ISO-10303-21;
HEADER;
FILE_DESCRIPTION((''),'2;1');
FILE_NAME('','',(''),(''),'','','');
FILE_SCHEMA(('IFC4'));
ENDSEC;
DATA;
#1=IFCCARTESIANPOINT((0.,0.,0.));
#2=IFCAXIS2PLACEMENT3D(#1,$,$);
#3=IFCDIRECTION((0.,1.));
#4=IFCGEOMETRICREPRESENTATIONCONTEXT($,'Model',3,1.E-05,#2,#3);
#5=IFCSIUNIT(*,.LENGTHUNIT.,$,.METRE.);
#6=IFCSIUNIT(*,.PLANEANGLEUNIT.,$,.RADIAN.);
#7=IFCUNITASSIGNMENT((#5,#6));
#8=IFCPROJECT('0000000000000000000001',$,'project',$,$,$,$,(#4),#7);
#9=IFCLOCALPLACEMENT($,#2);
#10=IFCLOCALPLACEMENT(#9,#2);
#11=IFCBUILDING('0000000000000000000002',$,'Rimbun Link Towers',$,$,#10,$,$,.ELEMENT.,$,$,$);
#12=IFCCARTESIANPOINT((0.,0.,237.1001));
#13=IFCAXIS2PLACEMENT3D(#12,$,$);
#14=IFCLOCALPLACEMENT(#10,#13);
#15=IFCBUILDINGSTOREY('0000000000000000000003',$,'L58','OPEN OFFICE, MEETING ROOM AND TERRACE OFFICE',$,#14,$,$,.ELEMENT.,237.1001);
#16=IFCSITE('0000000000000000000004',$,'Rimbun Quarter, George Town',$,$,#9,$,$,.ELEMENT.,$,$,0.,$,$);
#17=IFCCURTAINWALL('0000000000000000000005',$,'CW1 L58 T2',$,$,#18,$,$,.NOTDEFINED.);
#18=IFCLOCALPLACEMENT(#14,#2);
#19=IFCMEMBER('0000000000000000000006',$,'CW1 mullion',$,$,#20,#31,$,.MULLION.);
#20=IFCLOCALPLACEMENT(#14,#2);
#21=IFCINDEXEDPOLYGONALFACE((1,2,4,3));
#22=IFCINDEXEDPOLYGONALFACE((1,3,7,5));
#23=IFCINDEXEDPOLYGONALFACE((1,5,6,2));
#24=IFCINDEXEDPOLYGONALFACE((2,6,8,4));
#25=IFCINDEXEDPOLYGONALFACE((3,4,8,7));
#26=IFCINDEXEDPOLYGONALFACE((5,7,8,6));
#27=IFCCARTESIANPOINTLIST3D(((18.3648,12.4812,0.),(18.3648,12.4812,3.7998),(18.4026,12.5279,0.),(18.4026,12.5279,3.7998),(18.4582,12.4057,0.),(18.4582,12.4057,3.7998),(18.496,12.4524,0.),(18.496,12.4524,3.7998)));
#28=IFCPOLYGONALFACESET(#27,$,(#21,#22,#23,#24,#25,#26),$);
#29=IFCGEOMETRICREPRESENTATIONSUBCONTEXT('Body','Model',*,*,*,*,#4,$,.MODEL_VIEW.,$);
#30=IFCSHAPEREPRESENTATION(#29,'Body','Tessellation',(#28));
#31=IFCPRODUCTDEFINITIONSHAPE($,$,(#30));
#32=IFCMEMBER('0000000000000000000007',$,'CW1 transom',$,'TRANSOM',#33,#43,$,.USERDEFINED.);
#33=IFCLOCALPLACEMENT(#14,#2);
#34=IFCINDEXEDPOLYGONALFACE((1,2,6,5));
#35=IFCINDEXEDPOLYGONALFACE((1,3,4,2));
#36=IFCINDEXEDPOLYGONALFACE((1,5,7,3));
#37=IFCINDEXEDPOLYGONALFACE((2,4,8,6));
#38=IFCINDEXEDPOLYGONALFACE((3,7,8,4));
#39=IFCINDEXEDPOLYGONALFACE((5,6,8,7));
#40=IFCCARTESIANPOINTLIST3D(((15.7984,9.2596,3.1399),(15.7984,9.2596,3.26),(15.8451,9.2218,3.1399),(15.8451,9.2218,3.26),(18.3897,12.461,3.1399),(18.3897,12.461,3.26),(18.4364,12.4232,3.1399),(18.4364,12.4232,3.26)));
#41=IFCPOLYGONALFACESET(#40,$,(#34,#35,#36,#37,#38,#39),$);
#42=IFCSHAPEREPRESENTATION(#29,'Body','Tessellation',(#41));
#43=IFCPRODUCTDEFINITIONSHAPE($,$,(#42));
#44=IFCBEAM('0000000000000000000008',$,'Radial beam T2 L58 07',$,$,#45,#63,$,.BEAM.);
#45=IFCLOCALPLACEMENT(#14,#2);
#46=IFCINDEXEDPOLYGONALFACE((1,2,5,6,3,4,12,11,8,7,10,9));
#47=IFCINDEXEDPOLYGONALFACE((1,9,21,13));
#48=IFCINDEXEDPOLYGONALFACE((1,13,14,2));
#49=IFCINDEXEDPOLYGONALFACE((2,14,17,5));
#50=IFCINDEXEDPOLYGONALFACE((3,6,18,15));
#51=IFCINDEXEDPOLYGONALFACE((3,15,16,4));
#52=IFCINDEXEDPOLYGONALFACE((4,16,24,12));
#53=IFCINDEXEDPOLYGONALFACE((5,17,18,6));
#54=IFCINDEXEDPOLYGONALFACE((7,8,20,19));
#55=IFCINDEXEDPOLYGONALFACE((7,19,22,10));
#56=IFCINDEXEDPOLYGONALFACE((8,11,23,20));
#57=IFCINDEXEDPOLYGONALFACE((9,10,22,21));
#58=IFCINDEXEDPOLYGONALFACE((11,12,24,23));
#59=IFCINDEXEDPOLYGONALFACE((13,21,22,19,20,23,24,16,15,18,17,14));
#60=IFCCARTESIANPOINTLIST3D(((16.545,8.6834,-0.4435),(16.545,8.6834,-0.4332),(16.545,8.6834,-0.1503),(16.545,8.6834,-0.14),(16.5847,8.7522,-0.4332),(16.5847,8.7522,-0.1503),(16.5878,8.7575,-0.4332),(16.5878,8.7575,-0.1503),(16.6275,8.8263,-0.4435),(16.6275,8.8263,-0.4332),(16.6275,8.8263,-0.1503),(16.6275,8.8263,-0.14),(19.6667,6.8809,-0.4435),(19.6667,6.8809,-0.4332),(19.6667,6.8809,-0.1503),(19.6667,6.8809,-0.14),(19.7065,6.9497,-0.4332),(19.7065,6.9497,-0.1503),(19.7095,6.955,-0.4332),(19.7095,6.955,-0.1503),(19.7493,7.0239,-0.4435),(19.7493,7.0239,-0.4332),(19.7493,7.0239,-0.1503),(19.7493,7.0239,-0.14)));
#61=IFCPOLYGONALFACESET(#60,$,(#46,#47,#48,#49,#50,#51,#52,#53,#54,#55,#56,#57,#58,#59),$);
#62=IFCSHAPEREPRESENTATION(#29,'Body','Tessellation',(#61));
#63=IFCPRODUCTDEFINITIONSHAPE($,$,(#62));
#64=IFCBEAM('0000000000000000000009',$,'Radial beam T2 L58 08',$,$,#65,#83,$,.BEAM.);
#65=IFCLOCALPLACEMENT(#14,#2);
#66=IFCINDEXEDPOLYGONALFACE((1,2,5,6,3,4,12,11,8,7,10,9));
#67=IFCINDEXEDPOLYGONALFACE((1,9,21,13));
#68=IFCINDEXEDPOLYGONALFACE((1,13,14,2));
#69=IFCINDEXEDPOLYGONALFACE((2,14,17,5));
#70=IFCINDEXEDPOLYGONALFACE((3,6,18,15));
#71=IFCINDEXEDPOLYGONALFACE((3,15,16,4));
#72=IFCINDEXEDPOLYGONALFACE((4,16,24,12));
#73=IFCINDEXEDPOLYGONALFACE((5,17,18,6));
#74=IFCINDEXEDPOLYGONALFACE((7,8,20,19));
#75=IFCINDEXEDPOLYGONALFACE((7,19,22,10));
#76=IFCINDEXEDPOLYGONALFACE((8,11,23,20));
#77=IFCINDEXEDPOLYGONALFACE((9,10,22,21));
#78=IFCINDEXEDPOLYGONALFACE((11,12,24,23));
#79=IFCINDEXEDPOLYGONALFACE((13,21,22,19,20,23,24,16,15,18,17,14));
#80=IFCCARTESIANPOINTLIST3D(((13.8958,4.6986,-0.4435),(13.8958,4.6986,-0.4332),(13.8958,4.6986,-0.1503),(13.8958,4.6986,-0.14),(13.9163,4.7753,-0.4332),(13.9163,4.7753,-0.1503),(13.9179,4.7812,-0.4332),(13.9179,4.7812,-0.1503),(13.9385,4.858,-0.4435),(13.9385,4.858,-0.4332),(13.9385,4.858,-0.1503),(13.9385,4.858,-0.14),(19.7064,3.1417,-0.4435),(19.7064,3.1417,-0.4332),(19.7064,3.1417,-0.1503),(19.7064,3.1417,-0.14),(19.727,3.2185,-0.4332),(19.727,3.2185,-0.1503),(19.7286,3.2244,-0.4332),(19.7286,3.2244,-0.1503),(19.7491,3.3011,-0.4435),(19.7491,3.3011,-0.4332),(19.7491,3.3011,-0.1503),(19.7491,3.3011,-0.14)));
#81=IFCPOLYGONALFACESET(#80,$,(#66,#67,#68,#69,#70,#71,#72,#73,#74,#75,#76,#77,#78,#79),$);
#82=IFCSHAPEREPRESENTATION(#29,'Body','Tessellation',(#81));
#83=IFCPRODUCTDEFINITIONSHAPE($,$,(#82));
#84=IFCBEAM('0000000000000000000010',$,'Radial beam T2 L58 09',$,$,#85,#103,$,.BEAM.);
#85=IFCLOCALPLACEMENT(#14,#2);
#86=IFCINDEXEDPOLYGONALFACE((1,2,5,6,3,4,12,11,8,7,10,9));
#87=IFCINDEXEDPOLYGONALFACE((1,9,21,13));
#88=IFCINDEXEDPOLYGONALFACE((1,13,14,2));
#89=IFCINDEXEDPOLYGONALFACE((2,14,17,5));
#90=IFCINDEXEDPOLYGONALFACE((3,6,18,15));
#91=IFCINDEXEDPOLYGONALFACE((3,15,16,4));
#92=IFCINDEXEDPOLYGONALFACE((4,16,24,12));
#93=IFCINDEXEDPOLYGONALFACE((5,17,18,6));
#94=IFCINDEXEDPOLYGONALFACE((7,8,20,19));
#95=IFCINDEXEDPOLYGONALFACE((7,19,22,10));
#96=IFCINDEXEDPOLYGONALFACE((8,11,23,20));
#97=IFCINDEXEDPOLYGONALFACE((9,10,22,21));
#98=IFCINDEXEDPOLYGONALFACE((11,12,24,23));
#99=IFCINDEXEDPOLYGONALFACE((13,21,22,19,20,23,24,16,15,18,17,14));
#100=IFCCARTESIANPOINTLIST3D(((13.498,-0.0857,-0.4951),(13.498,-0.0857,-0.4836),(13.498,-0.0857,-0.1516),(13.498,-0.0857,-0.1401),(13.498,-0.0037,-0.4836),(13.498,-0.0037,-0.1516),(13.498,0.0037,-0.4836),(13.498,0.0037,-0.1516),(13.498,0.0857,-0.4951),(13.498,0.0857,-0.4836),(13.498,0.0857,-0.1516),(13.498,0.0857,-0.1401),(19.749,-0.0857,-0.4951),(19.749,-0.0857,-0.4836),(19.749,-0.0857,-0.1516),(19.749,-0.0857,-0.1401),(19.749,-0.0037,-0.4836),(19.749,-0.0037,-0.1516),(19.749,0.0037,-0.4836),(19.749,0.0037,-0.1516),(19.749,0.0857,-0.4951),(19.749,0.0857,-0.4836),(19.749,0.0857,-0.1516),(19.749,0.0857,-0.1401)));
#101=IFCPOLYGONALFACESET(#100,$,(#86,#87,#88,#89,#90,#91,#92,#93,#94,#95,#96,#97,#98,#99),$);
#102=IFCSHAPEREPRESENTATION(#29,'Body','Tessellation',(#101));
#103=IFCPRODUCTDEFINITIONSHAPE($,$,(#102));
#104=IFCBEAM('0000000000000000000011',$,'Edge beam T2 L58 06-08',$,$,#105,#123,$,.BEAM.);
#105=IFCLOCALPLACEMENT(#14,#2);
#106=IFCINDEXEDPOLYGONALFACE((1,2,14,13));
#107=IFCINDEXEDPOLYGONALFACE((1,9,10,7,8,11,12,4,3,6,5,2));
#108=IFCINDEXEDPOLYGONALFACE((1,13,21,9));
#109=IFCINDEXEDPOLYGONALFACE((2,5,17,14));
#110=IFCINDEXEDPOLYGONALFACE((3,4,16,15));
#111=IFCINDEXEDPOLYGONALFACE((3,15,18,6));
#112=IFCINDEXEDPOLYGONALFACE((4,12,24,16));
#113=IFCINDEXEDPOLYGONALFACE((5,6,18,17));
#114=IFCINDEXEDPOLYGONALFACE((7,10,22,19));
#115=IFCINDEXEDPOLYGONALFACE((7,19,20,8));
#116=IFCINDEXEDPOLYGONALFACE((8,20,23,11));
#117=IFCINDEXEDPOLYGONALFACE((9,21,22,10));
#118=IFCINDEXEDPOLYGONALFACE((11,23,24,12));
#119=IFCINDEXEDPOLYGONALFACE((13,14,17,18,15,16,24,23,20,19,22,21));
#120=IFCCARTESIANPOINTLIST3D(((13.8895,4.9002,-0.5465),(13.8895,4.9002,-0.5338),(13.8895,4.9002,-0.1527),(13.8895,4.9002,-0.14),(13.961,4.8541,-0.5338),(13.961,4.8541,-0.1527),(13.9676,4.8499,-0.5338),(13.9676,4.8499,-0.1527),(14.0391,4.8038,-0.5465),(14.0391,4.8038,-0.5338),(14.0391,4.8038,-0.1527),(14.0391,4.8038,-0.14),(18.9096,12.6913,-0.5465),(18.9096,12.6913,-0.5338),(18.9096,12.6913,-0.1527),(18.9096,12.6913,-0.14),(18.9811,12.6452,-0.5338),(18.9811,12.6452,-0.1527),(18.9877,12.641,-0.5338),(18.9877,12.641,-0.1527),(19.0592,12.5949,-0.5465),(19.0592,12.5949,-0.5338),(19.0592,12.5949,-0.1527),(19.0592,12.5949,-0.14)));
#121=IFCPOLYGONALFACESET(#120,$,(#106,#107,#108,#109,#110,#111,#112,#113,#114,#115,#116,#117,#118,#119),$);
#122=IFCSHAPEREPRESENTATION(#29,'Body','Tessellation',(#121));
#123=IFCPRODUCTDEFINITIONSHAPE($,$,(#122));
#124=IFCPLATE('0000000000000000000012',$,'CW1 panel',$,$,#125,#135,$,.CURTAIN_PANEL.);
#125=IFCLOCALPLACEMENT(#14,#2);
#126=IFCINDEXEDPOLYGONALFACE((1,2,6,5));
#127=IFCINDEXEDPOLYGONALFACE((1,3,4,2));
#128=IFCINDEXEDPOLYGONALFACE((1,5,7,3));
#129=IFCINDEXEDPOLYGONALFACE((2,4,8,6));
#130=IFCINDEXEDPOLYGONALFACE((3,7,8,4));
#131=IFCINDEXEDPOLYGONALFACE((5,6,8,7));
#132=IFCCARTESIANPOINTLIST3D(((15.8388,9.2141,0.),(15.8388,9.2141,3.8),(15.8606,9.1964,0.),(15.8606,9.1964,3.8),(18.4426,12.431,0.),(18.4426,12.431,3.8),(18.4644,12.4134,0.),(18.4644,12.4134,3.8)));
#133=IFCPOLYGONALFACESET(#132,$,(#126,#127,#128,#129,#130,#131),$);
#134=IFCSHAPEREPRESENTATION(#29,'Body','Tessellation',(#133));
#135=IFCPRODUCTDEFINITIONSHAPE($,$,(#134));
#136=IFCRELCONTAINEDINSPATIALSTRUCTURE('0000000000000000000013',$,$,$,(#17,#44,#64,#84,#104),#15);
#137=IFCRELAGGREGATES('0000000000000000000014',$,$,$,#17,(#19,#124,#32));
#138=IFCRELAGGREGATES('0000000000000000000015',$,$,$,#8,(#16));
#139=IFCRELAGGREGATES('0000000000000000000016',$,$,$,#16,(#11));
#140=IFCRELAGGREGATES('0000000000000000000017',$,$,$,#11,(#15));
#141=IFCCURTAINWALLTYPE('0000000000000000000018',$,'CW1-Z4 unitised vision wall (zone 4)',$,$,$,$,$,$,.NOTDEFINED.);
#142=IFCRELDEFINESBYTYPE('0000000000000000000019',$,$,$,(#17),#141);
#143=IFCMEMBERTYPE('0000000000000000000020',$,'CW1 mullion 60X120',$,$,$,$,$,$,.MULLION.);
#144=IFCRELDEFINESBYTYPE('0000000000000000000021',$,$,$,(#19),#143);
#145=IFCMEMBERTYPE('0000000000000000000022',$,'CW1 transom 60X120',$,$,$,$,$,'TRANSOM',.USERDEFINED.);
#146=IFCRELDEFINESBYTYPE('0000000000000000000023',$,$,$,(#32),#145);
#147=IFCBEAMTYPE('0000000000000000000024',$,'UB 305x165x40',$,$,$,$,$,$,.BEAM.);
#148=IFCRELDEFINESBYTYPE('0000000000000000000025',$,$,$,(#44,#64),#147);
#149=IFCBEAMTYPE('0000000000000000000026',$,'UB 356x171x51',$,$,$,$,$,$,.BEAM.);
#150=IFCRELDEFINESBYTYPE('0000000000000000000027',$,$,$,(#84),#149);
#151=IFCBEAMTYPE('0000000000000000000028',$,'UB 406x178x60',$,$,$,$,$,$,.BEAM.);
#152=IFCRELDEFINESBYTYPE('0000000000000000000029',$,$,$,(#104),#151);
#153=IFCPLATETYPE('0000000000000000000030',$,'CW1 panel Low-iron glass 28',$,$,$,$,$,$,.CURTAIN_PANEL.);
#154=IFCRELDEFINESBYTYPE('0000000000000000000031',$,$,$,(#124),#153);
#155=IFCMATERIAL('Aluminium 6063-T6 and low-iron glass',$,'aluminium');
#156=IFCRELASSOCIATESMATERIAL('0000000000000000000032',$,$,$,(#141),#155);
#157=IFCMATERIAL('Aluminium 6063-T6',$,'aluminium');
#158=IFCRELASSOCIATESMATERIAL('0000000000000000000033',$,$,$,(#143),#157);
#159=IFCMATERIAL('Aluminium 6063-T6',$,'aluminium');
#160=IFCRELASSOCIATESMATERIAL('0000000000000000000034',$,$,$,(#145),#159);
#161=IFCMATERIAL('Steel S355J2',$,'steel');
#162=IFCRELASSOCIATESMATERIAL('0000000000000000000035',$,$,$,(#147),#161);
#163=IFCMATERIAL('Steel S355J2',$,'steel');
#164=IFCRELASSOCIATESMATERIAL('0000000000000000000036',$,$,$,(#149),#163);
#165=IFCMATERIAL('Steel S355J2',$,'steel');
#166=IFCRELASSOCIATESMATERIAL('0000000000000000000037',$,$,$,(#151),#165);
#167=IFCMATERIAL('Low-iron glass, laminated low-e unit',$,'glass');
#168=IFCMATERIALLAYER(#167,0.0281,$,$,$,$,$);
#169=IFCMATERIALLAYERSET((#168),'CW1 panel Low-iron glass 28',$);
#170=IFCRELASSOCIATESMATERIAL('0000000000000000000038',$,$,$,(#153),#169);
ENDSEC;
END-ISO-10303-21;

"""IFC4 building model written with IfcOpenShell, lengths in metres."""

from ifc_helpers import new_model, si_unit, direction, frame, origin, origin_2d, place, context, subcontext, project, spatial, rectangle, i_section, extrude, material, layer, layer_set, material_profile, profile_set, type_object, element, aggregate, save


model = new_model("IFC4")

# Units and contexts
model_context = context("Model", 3, precision=1e-05, world=origin(), true_north=direction((0.0, 1.0)))
body_context = subcontext(model_context, "Body", "Model", "MODEL_VIEW")
ifc_project = project(units=[si_unit("LENGTHUNIT", "METRE"), si_unit("PLANEANGLEUNIT", "RADIAN")], contexts=[model_context])

# Site, building, storey
site_placement = place(None, origin())
site = spatial("IfcSite", under=ifc_project, at=site_placement, Name="Rimbun Quarter, George Town", CompositionType="ELEMENT", RefElevation=0.0)
building_placement = place(site_placement, origin())
building = spatial("IfcBuilding", under=site, at=building_placement, Name="Rimbun Link Towers", CompositionType="ELEMENT")
storey_placement = place(building_placement, frame((0.0, 0.0, 237.1001)))
storey = spatial("IfcBuildingStorey", under=building, at=storey_placement, Name="L58", Description="OPEN OFFICE, MEETING ROOM AND TERRACE OFFICE", CompositionType="ELEMENT", Elevation=237.1001)

# Curtain wall, members
ifc_material_1 = material(Name="Aluminium 6063-T6 and low-iron glass", Category="aluminium")
curtain_wall_type = type_object("IfcCurtainWallType", Name="CW1-Z4 unitised vision wall (zone 4)", PredefinedType="NOTDEFINED", material=ifc_material_1)
curtain_wall_placement = place(storey_placement, origin())
curtain_wall = element("IfcCurtainWall", 1, at=curtain_wall_placement, inside=storey, type_object=curtain_wall_type, Name="CW1 L58 T2", PredefinedType="NOTDEFINED")
ifc_material_2 = material(Name="Aluminium 6063-T6", Category="aluminium")
ifc_material_profile_1 = material_profile(ifc_material_2, rectangle(XDim=0.1201, YDim=0.0601, at=origin_2d()), Name="MULLION 60X120")
ifc_profile_set_1 = profile_set([ifc_material_profile_1], Name="Aluminium 6063-T6")
member_type_1 = type_object("IfcMemberType", Name="CW1 mullion 60X120", PredefinedType="MULLION", material=ifc_profile_set_1)
member_1_placement = place(storey_placement, frame((18.4304, 12.4668, 0.0), z_axis=(0.0, 0.0, 1.0), x_axis=(-0.777285, 0.629148, 0.0)))
member_1 = element("IfcMember", 2, at=member_1_placement, type_object=member_type_1, Name="CW1 mullion", PredefinedType="MULLION", context=body_context, shape_type="SweptSolid", body=[
    extrude(rectangle(XDim=0.1201, YDim=0.0601, at=origin_2d()), origin(), (0.0, 0.0, 1.0), 3.7998),
])
ifc_material_3 = material(Name="Aluminium 6063-T6", Category="aluminium")
ifc_material_profile_2 = material_profile(ifc_material_3, rectangle(XDim=0.0601, YDim=0.1201, at=origin_2d()), Name="TRANSOM 60X120")
ifc_profile_set_2 = profile_set([ifc_material_profile_2], Name="Aluminium 6063-T6")
member_type_2 = type_object("IfcMemberType", Name="CW1 transom 60X120", ElementType="TRANSOM", PredefinedType="USERDEFINED", material=ifc_profile_set_2)
member_2_placement = place(storey_placement, frame((15.8218, 9.2407, 3.2), z_axis=(0.629152, 0.777282, 0.0), x_axis=(-0.777282, 0.629152, 0.0)))
member_2 = element("IfcMember", 3, at=member_2_placement, type_object=member_type_2, Name="CW1 transom", ObjectType="TRANSOM", PredefinedType="USERDEFINED", context=body_context, shape_type="SweptSolid", body=[
    extrude(rectangle(XDim=0.0601, YDim=0.1201, at=origin_2d()), origin(), (0.0, 0.0, 1.0), 4.1187),
])

# Beams
ifc_material_4 = material(Name="Steel S355J2", Category="steel")
ifc_material_profile_3 = material_profile(ifc_material_4, i_section(OverallWidth=0.165, OverallDepth=0.3035, WebThickness=0.0061, FlangeThickness=0.0103, at=origin_2d()), Name="UB 305x165x40")
ifc_profile_set_3 = profile_set([ifc_material_profile_3], Name="Steel S355J2")
beam_type_1 = type_object("IfcBeamType", Name="UB 305x165x40", PredefinedType="BEAM", material=ifc_profile_set_3)
beam_1_placement = place(storey_placement, frame((19.708, 6.9524, -0.2917), z_axis=(-0.866013, 0.500021, 0.0), x_axis=(-0.500021, -0.866013, 0.0)))
element("IfcBeam", 4, at=beam_1_placement, inside=storey, type_object=beam_type_1, Name="Radial beam T2 L58 07", PredefinedType="BEAM", context=body_context, shape_type="SweptSolid", body=[
    extrude(i_section(OverallWidth=0.165, OverallDepth=0.3035, WebThickness=0.0061, FlangeThickness=0.0103, at=origin_2d()), origin(), (0.0, 0.0, 1.0), 3.6047),
])
beam_2_placement = place(storey_placement, frame((19.7278, 3.2214, -0.2917), z_axis=(-0.96593, 0.258802, 0.0), x_axis=(-0.258802, -0.96593, 0.0)))
element("IfcBeam", 5, at=beam_2_placement, inside=storey, type_object=beam_type_1, Name="Radial beam T2 L58 08", PredefinedType="BEAM", context=body_context, shape_type="SweptSolid", body=[
    extrude(i_section(OverallWidth=0.165, OverallDepth=0.3035, WebThickness=0.0061, FlangeThickness=0.0103, at=origin_2d()), origin(), (0.0, 0.0, 1.0), 6.0156),
])
ifc_material_5 = material(Name="Steel S355J2", Category="steel")
ifc_material_profile_4 = material_profile(ifc_material_5, i_section(OverallWidth=0.1714, OverallDepth=0.355, WebThickness=0.0073, FlangeThickness=0.0115, at=origin_2d()), Name="UB 356x171x51")
ifc_profile_set_4 = profile_set([ifc_material_profile_4], Name="Steel S355J2")
beam_type_2 = type_object("IfcBeamType", Name="UB 356x171x51", PredefinedType="BEAM", material=ifc_profile_set_4)
beam_3_placement = place(storey_placement, frame((19.749, 0.0, -0.3176), z_axis=(-1.0, 0.0, 0.0), x_axis=(0.0, -1.0, 0.0)))
element("IfcBeam", 6, at=beam_3_placement, inside=storey, type_object=beam_type_2, Name="Radial beam T2 L58 09", PredefinedType="BEAM", context=body_context, shape_type="SweptSolid", body=[
    extrude(i_section(OverallWidth=0.1714, OverallDepth=0.355, WebThickness=0.0073, FlangeThickness=0.0115, at=origin_2d()), origin(), (0.0, 0.0, 1.0), 6.251),
])
ifc_material_6 = material(Name="Steel S355J2", Category="steel")
ifc_material_profile_5 = material_profile(ifc_material_6, i_section(OverallWidth=0.178, OverallDepth=0.4065, WebThickness=0.0078, FlangeThickness=0.0127, at=origin_2d()), Name="UB 406x178x60")
ifc_profile_set_5 = profile_set([ifc_material_profile_5], Name="Steel S355J2")
beam_type_3 = type_object("IfcBeamType", Name="UB 406x178x60", PredefinedType="BEAM", material=ifc_profile_set_5)
beam_4_placement = place(storey_placement, frame((18.9844, 12.6431, -0.3433), z_axis=(-0.541636, -0.840613, 0.0), x_axis=(0.840613, -0.541636, 0.0)))
element("IfcBeam", 7, at=beam_4_placement, inside=storey, type_object=beam_type_3, Name="Edge beam T2 L58 06-08", PredefinedType="BEAM", context=body_context, shape_type="SweptSolid", body=[
    extrude(i_section(OverallWidth=0.178, OverallDepth=0.4065, WebThickness=0.0078, FlangeThickness=0.0127, at=origin_2d()), origin(), (0.0, 0.0, 1.0), 9.2683),
])

# Plate
ifc_material_7 = material(Name="Low-iron glass, laminated low-e unit", Category="glass")
ifc_layer_1 = layer(ifc_material_7, 0.0281)
ifc_layer_set_1 = layer_set([ifc_layer_1], Name="CW1 panel Low-iron glass 28")
plate_type = type_object("IfcPlateType", Name="CW1 panel Low-iron glass 28", PredefinedType="CURTAIN_PANEL", material=ifc_layer_set_1)
plate_placement = place(storey_placement, frame((17.1516, 10.8137, 0.0), z_axis=(0.0, 0.0, 1.0), x_axis=(0.629148, 0.777285, 0.0)))
plate = element("IfcPlate", 8, at=plate_placement, type_object=plate_type, Name="CW1 panel", PredefinedType="CURTAIN_PANEL", context=body_context, shape_type="SweptSolid", body=[
    extrude(rectangle(XDim=4.1387, YDim=0.0281, at=origin_2d()), origin(), (0.0, 0.0, 1.0), 3.8),
])
aggregate(curtain_wall, [member_1, plate, member_2])

save(model, "model.ifc")
